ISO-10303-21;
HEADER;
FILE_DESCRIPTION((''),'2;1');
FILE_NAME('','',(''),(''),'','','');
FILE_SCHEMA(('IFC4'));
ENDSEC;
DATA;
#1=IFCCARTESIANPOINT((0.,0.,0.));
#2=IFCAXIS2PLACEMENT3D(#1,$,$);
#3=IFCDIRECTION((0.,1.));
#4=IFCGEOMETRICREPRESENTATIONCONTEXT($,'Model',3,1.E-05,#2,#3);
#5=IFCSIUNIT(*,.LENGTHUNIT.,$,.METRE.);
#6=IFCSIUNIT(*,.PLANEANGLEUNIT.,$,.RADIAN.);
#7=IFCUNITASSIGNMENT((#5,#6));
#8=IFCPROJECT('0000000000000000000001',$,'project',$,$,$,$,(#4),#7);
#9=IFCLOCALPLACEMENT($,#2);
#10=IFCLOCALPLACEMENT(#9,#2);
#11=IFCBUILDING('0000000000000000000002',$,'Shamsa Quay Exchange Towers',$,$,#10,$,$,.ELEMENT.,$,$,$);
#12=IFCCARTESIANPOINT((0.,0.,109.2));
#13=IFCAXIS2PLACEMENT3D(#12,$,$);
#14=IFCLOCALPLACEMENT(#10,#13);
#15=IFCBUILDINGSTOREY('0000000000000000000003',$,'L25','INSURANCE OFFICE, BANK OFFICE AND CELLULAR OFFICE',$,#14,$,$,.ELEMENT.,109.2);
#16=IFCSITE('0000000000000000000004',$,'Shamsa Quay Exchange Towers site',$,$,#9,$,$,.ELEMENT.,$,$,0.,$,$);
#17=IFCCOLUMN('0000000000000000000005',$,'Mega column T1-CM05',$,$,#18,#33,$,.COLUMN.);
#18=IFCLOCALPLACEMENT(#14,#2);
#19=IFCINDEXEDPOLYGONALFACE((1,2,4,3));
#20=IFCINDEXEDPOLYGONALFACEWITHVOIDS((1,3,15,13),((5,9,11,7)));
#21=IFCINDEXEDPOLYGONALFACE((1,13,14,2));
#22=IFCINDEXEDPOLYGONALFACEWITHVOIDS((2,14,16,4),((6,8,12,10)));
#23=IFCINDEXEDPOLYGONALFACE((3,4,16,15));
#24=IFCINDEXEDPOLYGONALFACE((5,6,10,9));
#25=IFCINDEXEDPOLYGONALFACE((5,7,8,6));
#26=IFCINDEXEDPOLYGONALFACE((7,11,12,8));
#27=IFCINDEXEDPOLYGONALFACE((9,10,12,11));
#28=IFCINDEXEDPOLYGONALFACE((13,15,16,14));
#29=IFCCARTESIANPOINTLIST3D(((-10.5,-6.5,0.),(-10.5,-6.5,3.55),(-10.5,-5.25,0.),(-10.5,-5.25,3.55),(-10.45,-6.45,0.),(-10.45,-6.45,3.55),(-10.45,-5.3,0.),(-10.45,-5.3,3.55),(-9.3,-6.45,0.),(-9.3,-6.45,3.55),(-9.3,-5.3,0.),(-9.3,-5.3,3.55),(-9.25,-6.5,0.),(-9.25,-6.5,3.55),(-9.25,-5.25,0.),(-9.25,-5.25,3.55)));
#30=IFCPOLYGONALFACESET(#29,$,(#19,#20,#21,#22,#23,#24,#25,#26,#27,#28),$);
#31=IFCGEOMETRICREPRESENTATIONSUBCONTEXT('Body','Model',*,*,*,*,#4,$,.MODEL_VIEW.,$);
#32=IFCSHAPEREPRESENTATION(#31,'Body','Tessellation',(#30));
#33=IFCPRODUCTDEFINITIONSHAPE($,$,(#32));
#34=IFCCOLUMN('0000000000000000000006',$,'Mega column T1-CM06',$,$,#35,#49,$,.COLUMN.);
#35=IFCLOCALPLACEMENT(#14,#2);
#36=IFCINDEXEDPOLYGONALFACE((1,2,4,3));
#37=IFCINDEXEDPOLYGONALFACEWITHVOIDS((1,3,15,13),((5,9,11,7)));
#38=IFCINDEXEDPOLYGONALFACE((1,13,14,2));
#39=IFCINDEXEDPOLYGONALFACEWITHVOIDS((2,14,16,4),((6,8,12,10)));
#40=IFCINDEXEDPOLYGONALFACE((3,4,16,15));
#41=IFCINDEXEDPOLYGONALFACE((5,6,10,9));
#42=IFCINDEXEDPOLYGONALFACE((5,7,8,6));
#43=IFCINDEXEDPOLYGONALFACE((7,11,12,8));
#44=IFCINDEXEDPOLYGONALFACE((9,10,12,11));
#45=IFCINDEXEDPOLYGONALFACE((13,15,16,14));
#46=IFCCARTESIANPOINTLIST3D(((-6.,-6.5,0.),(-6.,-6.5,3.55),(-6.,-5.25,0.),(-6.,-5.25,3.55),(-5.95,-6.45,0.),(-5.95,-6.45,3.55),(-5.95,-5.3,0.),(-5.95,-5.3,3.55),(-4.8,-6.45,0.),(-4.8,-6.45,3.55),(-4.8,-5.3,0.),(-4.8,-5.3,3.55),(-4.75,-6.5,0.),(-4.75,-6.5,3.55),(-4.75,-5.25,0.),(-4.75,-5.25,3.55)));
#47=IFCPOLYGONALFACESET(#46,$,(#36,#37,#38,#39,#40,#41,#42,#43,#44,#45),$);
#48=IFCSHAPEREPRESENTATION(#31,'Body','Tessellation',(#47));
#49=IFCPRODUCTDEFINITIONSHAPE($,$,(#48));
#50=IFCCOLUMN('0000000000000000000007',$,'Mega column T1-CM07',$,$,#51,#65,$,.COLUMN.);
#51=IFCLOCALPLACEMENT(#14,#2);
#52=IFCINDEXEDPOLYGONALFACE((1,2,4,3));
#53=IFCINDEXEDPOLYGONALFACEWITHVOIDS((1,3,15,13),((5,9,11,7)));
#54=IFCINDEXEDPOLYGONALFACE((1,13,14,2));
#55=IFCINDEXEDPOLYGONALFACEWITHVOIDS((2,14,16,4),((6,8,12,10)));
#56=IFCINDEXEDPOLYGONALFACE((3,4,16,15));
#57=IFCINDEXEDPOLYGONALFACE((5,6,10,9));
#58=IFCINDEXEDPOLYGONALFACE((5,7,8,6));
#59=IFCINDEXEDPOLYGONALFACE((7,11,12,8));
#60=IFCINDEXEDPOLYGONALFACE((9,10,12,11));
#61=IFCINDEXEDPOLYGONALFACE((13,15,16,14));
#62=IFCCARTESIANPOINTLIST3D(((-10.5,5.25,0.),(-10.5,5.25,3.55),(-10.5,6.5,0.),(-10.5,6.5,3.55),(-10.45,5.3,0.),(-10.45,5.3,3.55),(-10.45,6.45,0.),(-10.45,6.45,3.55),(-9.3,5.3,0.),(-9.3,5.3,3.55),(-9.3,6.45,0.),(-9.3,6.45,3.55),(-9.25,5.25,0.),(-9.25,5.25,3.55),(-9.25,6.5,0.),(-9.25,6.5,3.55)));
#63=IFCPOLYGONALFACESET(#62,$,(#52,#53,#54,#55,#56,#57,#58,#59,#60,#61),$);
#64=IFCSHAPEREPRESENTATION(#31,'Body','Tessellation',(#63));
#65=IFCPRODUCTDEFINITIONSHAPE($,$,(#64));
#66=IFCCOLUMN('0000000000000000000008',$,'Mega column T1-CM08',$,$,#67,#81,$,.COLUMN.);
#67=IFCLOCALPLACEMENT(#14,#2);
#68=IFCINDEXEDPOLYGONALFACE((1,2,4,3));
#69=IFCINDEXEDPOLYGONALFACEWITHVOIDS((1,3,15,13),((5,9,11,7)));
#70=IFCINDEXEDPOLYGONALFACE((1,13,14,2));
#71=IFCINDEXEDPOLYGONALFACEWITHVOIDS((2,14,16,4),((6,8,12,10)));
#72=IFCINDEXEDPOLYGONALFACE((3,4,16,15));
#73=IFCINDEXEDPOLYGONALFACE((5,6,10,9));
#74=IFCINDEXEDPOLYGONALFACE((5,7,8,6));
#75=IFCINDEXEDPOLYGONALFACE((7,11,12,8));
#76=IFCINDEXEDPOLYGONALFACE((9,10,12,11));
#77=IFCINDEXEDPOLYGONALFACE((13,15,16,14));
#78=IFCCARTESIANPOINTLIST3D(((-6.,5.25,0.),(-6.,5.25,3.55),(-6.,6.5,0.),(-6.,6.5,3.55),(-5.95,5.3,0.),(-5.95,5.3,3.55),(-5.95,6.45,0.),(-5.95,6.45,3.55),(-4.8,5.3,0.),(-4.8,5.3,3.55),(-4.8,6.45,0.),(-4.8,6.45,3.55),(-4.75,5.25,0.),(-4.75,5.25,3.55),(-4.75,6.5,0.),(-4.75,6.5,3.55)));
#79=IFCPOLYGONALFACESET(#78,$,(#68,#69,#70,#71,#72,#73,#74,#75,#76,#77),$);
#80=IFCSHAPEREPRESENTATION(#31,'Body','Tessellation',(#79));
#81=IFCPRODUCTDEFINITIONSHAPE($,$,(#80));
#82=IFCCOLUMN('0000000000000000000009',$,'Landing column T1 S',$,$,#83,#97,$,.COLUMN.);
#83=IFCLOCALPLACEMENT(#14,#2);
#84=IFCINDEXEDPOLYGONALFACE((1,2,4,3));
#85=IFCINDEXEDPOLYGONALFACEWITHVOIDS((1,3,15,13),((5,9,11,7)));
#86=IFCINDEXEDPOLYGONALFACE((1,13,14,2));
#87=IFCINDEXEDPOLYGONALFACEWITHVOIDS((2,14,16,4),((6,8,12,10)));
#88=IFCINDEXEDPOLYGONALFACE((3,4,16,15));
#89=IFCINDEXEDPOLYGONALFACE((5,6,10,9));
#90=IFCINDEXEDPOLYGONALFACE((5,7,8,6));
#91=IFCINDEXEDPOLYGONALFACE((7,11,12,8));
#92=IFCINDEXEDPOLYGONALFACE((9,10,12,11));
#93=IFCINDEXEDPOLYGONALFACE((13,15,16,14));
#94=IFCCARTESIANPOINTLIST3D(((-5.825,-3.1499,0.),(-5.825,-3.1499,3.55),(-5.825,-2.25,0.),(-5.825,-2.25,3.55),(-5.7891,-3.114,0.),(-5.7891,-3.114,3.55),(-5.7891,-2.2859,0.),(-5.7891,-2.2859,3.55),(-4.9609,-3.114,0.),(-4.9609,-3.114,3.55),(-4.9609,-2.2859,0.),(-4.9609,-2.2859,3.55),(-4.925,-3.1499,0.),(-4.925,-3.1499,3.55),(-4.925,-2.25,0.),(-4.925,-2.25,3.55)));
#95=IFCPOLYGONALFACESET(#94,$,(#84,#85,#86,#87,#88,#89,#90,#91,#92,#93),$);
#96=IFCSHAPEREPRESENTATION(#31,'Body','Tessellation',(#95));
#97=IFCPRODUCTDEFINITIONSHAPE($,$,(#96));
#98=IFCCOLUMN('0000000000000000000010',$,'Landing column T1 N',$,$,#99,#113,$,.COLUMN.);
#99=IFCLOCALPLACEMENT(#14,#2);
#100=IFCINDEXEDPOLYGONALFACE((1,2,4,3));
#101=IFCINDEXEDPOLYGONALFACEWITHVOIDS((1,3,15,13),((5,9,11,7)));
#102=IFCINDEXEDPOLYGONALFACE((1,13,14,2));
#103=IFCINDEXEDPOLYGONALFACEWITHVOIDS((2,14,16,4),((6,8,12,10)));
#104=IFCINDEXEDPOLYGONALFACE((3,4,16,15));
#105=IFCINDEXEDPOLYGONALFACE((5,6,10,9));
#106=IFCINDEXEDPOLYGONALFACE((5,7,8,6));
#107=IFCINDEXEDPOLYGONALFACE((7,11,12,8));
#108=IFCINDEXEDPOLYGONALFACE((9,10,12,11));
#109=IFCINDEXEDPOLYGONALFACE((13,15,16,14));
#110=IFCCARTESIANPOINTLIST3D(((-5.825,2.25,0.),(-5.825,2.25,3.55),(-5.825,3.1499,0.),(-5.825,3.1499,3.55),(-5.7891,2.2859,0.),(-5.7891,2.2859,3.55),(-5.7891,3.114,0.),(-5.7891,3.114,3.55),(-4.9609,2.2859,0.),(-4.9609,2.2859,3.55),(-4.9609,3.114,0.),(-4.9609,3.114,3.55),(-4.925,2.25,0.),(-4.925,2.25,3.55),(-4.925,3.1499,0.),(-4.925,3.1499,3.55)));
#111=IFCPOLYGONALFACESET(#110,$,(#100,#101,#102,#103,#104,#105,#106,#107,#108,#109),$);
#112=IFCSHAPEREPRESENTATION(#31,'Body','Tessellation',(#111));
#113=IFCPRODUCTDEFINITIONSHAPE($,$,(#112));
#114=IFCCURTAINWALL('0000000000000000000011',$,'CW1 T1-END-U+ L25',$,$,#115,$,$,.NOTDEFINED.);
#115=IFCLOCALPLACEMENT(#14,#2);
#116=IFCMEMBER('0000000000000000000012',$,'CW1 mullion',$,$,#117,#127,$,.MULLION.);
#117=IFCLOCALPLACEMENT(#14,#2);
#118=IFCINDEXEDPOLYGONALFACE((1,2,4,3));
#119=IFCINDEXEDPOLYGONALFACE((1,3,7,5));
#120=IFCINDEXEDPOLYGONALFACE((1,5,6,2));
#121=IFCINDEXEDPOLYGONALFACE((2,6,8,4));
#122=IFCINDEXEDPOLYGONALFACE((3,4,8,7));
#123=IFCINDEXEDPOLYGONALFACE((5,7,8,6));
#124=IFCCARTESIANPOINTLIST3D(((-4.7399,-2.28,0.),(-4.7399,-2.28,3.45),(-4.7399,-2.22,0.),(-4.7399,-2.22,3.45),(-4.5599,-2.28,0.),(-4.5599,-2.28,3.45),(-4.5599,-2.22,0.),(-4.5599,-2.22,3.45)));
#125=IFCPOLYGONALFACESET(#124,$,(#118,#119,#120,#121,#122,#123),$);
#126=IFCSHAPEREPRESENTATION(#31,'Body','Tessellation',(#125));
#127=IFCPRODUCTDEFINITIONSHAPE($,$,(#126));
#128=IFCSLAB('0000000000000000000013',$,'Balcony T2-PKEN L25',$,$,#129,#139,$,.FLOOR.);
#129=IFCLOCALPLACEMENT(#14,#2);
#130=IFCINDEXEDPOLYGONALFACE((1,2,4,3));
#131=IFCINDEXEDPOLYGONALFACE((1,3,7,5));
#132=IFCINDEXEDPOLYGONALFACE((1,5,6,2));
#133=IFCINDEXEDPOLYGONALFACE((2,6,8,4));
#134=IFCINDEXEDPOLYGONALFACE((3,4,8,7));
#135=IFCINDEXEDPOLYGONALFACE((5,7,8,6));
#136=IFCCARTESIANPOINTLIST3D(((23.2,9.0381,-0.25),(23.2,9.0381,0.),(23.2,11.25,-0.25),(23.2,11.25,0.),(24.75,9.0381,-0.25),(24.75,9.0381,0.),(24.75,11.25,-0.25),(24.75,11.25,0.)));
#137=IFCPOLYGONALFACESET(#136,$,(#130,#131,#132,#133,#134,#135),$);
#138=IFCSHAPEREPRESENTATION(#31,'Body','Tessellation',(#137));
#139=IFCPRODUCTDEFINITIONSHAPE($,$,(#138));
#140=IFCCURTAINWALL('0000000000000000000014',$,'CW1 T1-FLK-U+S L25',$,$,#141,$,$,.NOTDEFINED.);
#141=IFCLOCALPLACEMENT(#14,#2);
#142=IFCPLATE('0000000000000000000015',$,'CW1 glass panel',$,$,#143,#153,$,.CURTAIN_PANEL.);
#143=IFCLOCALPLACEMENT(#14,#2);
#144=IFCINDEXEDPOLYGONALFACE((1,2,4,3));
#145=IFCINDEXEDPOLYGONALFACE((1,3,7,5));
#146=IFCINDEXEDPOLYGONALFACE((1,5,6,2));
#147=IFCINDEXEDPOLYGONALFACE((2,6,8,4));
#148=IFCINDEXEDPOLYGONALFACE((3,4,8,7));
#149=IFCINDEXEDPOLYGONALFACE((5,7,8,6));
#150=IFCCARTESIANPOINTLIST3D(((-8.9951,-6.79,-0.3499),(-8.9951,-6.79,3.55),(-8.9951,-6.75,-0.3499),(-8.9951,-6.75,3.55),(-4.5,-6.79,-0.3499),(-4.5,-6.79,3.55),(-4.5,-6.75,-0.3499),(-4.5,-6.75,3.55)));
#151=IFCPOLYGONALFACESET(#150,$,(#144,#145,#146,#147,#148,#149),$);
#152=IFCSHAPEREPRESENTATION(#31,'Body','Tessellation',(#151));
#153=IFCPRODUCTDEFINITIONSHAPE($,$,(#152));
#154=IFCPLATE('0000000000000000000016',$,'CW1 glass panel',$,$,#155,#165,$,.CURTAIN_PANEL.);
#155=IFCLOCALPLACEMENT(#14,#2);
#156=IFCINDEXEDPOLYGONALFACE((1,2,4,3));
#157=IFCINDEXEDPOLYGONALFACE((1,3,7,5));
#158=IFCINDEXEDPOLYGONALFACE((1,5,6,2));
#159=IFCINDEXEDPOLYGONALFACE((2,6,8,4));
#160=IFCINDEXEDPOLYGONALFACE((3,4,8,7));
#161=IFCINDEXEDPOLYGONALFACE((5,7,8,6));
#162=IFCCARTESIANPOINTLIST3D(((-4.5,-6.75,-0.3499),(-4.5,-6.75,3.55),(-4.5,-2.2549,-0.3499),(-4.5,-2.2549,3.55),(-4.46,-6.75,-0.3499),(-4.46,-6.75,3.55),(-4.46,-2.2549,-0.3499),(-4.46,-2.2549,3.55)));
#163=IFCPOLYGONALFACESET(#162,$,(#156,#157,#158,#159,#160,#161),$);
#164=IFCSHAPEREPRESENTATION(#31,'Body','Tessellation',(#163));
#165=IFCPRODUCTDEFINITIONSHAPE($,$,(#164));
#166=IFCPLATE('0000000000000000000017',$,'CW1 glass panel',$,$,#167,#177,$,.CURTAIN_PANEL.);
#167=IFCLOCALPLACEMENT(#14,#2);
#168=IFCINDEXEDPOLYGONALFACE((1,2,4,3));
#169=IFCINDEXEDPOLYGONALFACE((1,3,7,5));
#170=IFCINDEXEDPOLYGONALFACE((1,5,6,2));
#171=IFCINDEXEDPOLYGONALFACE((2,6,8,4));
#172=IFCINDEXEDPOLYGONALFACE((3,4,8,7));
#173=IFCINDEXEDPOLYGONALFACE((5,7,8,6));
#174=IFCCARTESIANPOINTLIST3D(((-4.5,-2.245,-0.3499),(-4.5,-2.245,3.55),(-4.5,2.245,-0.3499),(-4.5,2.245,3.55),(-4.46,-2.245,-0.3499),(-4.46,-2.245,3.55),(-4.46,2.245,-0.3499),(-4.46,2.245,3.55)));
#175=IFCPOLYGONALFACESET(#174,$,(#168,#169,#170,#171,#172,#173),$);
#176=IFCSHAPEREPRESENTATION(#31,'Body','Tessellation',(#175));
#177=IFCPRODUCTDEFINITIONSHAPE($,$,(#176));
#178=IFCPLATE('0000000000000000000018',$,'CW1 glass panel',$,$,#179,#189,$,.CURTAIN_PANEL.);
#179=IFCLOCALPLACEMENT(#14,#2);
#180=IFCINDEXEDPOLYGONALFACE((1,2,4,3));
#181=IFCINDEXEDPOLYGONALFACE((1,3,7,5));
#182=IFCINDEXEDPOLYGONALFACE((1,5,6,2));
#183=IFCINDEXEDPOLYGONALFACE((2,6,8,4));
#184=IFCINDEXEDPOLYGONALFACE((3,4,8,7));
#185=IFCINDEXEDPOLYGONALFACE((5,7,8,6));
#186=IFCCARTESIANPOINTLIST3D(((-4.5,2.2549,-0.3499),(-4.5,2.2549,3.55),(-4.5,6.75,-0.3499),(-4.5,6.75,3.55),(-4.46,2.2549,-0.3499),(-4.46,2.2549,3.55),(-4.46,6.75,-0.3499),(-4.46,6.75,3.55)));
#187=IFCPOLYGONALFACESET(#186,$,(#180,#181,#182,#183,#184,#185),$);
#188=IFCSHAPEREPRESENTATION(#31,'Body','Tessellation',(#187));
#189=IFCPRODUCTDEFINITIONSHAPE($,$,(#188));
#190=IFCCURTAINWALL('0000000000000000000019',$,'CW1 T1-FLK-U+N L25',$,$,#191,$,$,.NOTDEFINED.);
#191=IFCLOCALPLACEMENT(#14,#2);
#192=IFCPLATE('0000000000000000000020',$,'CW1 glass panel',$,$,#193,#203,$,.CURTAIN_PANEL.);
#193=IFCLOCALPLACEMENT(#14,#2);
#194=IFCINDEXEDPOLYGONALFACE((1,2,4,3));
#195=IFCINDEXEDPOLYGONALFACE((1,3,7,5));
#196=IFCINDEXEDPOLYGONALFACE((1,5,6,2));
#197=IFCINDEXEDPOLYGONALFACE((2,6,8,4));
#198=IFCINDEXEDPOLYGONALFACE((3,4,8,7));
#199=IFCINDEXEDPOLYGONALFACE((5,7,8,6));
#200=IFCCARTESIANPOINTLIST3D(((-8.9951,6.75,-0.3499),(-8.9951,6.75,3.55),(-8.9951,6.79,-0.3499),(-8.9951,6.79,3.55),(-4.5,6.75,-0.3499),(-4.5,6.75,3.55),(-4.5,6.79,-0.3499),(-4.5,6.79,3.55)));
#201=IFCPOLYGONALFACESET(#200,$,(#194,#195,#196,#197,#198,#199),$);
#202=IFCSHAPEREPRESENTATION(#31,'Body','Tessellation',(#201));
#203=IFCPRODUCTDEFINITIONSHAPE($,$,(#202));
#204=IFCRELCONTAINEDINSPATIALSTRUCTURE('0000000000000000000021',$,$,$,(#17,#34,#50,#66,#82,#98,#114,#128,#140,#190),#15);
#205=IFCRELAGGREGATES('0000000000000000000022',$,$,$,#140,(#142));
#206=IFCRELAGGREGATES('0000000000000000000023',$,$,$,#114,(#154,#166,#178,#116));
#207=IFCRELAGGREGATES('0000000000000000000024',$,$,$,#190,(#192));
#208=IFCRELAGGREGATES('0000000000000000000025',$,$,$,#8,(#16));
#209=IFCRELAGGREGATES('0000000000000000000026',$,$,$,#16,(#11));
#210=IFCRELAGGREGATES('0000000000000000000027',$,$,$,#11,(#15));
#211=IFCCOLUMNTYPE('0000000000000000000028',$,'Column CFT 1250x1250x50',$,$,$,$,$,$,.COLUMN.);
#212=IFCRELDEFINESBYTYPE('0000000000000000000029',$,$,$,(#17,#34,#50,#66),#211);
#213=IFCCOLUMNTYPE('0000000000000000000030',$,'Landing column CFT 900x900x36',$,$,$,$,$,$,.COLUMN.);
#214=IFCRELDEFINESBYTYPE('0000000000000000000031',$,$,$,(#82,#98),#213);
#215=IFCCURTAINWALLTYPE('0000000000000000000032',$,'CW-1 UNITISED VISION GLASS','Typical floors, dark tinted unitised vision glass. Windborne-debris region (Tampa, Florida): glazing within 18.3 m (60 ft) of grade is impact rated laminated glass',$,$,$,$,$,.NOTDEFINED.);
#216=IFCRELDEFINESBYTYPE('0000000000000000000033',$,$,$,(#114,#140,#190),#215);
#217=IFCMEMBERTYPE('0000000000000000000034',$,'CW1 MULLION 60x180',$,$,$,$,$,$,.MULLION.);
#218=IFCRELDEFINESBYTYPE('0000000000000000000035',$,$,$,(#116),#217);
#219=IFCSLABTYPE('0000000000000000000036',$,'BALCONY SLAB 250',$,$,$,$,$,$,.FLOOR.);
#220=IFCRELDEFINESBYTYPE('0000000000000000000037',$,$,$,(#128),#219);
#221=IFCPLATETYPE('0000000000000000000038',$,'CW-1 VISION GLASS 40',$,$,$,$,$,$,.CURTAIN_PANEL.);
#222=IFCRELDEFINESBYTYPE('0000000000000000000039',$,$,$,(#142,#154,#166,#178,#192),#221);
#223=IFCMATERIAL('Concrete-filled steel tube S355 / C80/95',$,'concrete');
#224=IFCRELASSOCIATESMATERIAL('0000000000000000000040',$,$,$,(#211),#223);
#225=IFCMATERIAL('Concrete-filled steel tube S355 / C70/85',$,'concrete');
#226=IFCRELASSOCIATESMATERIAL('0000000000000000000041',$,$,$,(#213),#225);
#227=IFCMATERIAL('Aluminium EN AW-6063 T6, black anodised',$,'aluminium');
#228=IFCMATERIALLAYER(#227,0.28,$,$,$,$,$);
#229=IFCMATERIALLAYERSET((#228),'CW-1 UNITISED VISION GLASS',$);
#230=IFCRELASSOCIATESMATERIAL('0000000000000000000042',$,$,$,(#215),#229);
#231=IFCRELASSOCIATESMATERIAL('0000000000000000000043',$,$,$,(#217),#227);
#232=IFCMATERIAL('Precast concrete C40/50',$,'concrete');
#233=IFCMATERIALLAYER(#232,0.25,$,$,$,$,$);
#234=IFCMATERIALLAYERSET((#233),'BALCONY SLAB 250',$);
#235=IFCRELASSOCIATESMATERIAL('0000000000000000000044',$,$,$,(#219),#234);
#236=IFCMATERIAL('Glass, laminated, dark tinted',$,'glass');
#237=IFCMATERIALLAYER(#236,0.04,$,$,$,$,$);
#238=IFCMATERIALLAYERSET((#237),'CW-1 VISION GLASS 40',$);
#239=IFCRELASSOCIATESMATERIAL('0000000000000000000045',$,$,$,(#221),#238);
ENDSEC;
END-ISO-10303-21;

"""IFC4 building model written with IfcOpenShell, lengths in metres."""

from ifc_helpers import new_model, si_unit, direction, frame, origin, origin_2d, place, context, subcontext, project, spatial, polyline, rectangle, hollow_rectangle, outline, extrude, material, layer, layer_set, material_profile, profile_set, type_object, element, aggregate, save


model = new_model("IFC4")

# Units and contexts
model_context = context("Model", 3, precision=1e-05, world=origin(), true_north=direction((0.0, 1.0)))
body_context = subcontext(model_context, "Body", "Model", "MODEL_VIEW")
ifc_project = project(units=[si_unit("LENGTHUNIT", "METRE"), si_unit("PLANEANGLEUNIT", "RADIAN")], contexts=[model_context])

# Site, building, storey
site_placement = place(None, origin())
site = spatial("IfcSite", under=ifc_project, at=site_placement, Name="Shamsa Quay Exchange Towers site", CompositionType="ELEMENT", RefElevation=0.0)
building_placement = place(site_placement, origin())
building = spatial("IfcBuilding", under=site, at=building_placement, Name="Shamsa Quay Exchange Towers", CompositionType="ELEMENT")
storey_placement = place(building_placement, frame((0.0, 0.0, 109.2)))
storey = spatial("IfcBuildingStorey", under=building, at=storey_placement, Name="L25", Description="INSURANCE OFFICE, BANK OFFICE AND CELLULAR OFFICE", CompositionType="ELEMENT", Elevation=109.2)

# Columns
ifc_material_1 = material(Name="Concrete-filled steel tube S355 / C80/95", Category="concrete")
ifc_material_profile_1 = material_profile(ifc_material_1, hollow_rectangle(XDim=1.25, YDim=1.25, WallThickness=0.05, at=origin_2d()), Name="CFT 1250x1250x50")
ifc_profile_set_1 = profile_set([ifc_material_profile_1], Name="Concrete-filled steel tube S355 / C80/95")
column_type_1 = type_object("IfcColumnType", Name="Column CFT 1250x1250x50", PredefinedType="COLUMN", material=ifc_profile_set_1)
for number, where, name in (
    (1, (-9.875, -5.875, 0.0), "Mega column T1-CM05"),
    (2, (-5.375, -5.875, 0.0), "Mega column T1-CM06"),
    (3, (-9.875, 5.875, 0.0), "Mega column T1-CM07"),
    (4, (-5.375, 5.875, 0.0), "Mega column T1-CM08"),
):
    element("IfcColumn", number, at=place(storey_placement, frame(where)), inside=storey, type_object=column_type_1, Name=name, PredefinedType="COLUMN", context=body_context, shape_type="SweptSolid", body=[
        extrude(hollow_rectangle(XDim=1.25, YDim=1.25, WallThickness=0.05, at=origin_2d()), origin(), (0.0, 0.0, 1.0), 3.55),
    ])
ifc_material_2 = material(Name="Concrete-filled steel tube S355 / C70/85", Category="concrete")
ifc_material_profile_2 = material_profile(ifc_material_2, hollow_rectangle(XDim=0.8999, YDim=0.8999, WallThickness=0.0359, at=origin_2d()), Name="CFT 900x900x36")
ifc_profile_set_2 = profile_set([ifc_material_profile_2], Name="Concrete-filled steel tube S355 / C70/85")
column_type_2 = type_object("IfcColumnType", Name="Landing column CFT 900x900x36", PredefinedType="COLUMN", material=ifc_profile_set_2)
for number, where, name in (
    (5, (-5.375, -2.7, 0.0), "Landing column T1 S"),
    (6, (-5.375, 2.7, 0.0), "Landing column T1 N"),
):
    element("IfcColumn", number, at=place(storey_placement, frame(where)), inside=storey, type_object=column_type_2, Name=name, PredefinedType="COLUMN", context=body_context, shape_type="SweptSolid", body=[
        extrude(hollow_rectangle(XDim=0.8999, YDim=0.8999, WallThickness=0.0359, at=origin_2d()), origin(), (0.0, 0.0, 1.0), 3.55),
    ])

# Curtain wall, member
ifc_material_3 = material(Name="Aluminium EN AW-6063 T6, black anodised", Category="aluminium")
ifc_layer_1 = layer(ifc_material_3, 0.28)
ifc_layer_set_1 = layer_set([ifc_layer_1], Name="CW-1 UNITISED VISION GLASS")
curtain_wall_type = type_object("IfcCurtainWallType", Name="CW-1 UNITISED VISION GLASS", Description="Typical floors, dark tinted unitised vision glass. Windborne-debris region (Tampa, Florida): glazing within 18.3 m (60 ft) of grade is impact rated laminated glass", PredefinedType="NOTDEFINED", material=ifc_layer_set_1)
curtain_wall_1_placement = place(storey_placement, origin())
curtain_wall_1 = element("IfcCurtainWall", 7, at=curtain_wall_1_placement, inside=storey, type_object=curtain_wall_type, Name="CW1 T1-END-U+ L25", PredefinedType="NOTDEFINED")
ifc_material_profile_3 = material_profile(ifc_material_3, rectangle(XDim=0.1799, YDim=0.0601, at=origin_2d()), Name="MU60x180")
ifc_profile_set_3 = profile_set([ifc_material_profile_3], Name="Aluminium EN AW-6063 T6, black anodised")
member_type = type_object("IfcMemberType", Name="CW1 MULLION 60x180", PredefinedType="MULLION", material=ifc_profile_set_3)
member_placement = place(storey_placement, frame((-4.6499, -2.25, 0.0), z_axis=(0.0, 0.0, 1.0), x_axis=(-1.0, 0.0, 0.0)))
member = element("IfcMember", 8, at=member_placement, type_object=member_type, Name="CW1 mullion", PredefinedType="MULLION", context=body_context, shape_type="SweptSolid", body=[
    extrude(rectangle(XDim=0.1799, YDim=0.0601, at=origin_2d()), origin(), (0.0, 0.0, 1.0), 3.45),
])

# Slab
ifc_material_4 = material(Name="Precast concrete C40/50", Category="concrete")
ifc_layer_2 = layer(ifc_material_4, 0.25)
ifc_layer_set_2 = layer_set([ifc_layer_2], Name="BALCONY SLAB 250")
slab_type_1 = type_object("IfcSlabType", Name="BALCONY SLAB 250", PredefinedType="FLOOR", material=ifc_layer_set_2)
slab_1_placement = place(storey_placement, frame((0.0, 0.0, -0.25)))
element("IfcSlab", 9, at=slab_1_placement, inside=storey, type_object=slab_type_1, Name="Balcony T2-PKEN L25", PredefinedType="FLOOR", context=body_context, shape_type="SweptSolid", body=[
    extrude(outline(polyline([(24.75, 11.25), (24.75, 9.0381), (23.2, 9.0381), (23.2, 11.25), (24.75, 11.25)])), origin(), (0.0, 0.0, 1.0), 0.25),
])

# Curtain wall, plate
curtain_wall_2_placement = place(storey_placement, origin())
curtain_wall_2 = element("IfcCurtainWall", 10, at=curtain_wall_2_placement, inside=storey, type_object=curtain_wall_type, Name="CW1 T1-FLK-U+S L25", PredefinedType="NOTDEFINED")
ifc_material_5 = material(Name="Glass, laminated, dark tinted", Category="glass")
ifc_layer_3 = layer(ifc_material_5, 0.04)
ifc_layer_set_3 = layer_set([ifc_layer_3], Name="CW-1 VISION GLASS 40")
plate_type = type_object("IfcPlateType", Name="CW-1 VISION GLASS 40", PredefinedType="CURTAIN_PANEL", material=ifc_layer_set_3)
plate_1_placement = place(storey_placement, frame((-6.7476, -6.77, -0.3499)))
plate_1 = element("IfcPlate", 11, at=plate_1_placement, type_object=plate_type, Name="CW1 glass panel", PredefinedType="CURTAIN_PANEL", context=body_context, shape_type="SweptSolid", body=[
    extrude(rectangle(XDim=4.4951, YDim=0.04, at=origin_2d()), origin(), (0.0, 0.0, 1.0), 3.8999),
])
aggregate(curtain_wall_2, [plate_1])

# Plates
plate_2_placement = place(storey_placement, frame((-4.48, -4.5024, -0.3499), z_axis=(0.0, 0.0, 1.0), x_axis=(0.0, 1.0, 0.0)))
plate_2 = element("IfcPlate", 12, at=plate_2_placement, type_object=plate_type, Name="CW1 glass panel", PredefinedType="CURTAIN_PANEL", context=body_context, shape_type="SweptSolid", body=[
    extrude(rectangle(XDim=4.4951, YDim=0.04, at=origin_2d()), origin(), (0.0, 0.0, 1.0), 3.8999),
])
plate_3_placement = place(storey_placement, frame((-4.48, 0.0, -0.3499), z_axis=(0.0, 0.0, 1.0), x_axis=(0.0, 1.0, 0.0)))
plate_3 = element("IfcPlate", 13, at=plate_3_placement, type_object=plate_type, Name="CW1 glass panel", PredefinedType="CURTAIN_PANEL", context=body_context, shape_type="SweptSolid", body=[
    extrude(rectangle(XDim=4.49, YDim=0.04, at=origin_2d()), origin(), (0.0, 0.0, 1.0), 3.8999),
])
plate_4_placement = place(storey_placement, frame((-4.48, 4.5024, -0.3499), z_axis=(0.0, 0.0, 1.0), x_axis=(0.0, 1.0, 0.0)))
plate_4 = element("IfcPlate", 14, at=plate_4_placement, type_object=plate_type, Name="CW1 glass panel", PredefinedType="CURTAIN_PANEL", context=body_context, shape_type="SweptSolid", body=[
    extrude(rectangle(XDim=4.4951, YDim=0.04, at=origin_2d()), origin(), (0.0, 0.0, 1.0), 3.8999),
])
aggregate(curtain_wall_1, [plate_2, plate_3, plate_4, member])

# Curtain wall, plate
curtain_wall_3_placement = place(storey_placement, origin())
curtain_wall_3 = element("IfcCurtainWall", 15, at=curtain_wall_3_placement, inside=storey, type_object=curtain_wall_type, Name="CW1 T1-FLK-U+N L25", PredefinedType="NOTDEFINED")
plate_5_placement = place(storey_placement, frame((-6.7476, 6.77, -0.3499), z_axis=(0.0, 0.0, 1.0), x_axis=(-1.0, 0.0, 0.0)))
plate_5 = element("IfcPlate", 16, at=plate_5_placement, type_object=plate_type, Name="CW1 glass panel", PredefinedType="CURTAIN_PANEL", context=body_context, shape_type="SweptSolid", body=[
    extrude(rectangle(XDim=4.4951, YDim=0.04, at=origin_2d()), origin(), (0.0, 0.0, 1.0), 3.8999),
])
aggregate(curtain_wall_3, [plate_5])

save(model, "model.ifc")
